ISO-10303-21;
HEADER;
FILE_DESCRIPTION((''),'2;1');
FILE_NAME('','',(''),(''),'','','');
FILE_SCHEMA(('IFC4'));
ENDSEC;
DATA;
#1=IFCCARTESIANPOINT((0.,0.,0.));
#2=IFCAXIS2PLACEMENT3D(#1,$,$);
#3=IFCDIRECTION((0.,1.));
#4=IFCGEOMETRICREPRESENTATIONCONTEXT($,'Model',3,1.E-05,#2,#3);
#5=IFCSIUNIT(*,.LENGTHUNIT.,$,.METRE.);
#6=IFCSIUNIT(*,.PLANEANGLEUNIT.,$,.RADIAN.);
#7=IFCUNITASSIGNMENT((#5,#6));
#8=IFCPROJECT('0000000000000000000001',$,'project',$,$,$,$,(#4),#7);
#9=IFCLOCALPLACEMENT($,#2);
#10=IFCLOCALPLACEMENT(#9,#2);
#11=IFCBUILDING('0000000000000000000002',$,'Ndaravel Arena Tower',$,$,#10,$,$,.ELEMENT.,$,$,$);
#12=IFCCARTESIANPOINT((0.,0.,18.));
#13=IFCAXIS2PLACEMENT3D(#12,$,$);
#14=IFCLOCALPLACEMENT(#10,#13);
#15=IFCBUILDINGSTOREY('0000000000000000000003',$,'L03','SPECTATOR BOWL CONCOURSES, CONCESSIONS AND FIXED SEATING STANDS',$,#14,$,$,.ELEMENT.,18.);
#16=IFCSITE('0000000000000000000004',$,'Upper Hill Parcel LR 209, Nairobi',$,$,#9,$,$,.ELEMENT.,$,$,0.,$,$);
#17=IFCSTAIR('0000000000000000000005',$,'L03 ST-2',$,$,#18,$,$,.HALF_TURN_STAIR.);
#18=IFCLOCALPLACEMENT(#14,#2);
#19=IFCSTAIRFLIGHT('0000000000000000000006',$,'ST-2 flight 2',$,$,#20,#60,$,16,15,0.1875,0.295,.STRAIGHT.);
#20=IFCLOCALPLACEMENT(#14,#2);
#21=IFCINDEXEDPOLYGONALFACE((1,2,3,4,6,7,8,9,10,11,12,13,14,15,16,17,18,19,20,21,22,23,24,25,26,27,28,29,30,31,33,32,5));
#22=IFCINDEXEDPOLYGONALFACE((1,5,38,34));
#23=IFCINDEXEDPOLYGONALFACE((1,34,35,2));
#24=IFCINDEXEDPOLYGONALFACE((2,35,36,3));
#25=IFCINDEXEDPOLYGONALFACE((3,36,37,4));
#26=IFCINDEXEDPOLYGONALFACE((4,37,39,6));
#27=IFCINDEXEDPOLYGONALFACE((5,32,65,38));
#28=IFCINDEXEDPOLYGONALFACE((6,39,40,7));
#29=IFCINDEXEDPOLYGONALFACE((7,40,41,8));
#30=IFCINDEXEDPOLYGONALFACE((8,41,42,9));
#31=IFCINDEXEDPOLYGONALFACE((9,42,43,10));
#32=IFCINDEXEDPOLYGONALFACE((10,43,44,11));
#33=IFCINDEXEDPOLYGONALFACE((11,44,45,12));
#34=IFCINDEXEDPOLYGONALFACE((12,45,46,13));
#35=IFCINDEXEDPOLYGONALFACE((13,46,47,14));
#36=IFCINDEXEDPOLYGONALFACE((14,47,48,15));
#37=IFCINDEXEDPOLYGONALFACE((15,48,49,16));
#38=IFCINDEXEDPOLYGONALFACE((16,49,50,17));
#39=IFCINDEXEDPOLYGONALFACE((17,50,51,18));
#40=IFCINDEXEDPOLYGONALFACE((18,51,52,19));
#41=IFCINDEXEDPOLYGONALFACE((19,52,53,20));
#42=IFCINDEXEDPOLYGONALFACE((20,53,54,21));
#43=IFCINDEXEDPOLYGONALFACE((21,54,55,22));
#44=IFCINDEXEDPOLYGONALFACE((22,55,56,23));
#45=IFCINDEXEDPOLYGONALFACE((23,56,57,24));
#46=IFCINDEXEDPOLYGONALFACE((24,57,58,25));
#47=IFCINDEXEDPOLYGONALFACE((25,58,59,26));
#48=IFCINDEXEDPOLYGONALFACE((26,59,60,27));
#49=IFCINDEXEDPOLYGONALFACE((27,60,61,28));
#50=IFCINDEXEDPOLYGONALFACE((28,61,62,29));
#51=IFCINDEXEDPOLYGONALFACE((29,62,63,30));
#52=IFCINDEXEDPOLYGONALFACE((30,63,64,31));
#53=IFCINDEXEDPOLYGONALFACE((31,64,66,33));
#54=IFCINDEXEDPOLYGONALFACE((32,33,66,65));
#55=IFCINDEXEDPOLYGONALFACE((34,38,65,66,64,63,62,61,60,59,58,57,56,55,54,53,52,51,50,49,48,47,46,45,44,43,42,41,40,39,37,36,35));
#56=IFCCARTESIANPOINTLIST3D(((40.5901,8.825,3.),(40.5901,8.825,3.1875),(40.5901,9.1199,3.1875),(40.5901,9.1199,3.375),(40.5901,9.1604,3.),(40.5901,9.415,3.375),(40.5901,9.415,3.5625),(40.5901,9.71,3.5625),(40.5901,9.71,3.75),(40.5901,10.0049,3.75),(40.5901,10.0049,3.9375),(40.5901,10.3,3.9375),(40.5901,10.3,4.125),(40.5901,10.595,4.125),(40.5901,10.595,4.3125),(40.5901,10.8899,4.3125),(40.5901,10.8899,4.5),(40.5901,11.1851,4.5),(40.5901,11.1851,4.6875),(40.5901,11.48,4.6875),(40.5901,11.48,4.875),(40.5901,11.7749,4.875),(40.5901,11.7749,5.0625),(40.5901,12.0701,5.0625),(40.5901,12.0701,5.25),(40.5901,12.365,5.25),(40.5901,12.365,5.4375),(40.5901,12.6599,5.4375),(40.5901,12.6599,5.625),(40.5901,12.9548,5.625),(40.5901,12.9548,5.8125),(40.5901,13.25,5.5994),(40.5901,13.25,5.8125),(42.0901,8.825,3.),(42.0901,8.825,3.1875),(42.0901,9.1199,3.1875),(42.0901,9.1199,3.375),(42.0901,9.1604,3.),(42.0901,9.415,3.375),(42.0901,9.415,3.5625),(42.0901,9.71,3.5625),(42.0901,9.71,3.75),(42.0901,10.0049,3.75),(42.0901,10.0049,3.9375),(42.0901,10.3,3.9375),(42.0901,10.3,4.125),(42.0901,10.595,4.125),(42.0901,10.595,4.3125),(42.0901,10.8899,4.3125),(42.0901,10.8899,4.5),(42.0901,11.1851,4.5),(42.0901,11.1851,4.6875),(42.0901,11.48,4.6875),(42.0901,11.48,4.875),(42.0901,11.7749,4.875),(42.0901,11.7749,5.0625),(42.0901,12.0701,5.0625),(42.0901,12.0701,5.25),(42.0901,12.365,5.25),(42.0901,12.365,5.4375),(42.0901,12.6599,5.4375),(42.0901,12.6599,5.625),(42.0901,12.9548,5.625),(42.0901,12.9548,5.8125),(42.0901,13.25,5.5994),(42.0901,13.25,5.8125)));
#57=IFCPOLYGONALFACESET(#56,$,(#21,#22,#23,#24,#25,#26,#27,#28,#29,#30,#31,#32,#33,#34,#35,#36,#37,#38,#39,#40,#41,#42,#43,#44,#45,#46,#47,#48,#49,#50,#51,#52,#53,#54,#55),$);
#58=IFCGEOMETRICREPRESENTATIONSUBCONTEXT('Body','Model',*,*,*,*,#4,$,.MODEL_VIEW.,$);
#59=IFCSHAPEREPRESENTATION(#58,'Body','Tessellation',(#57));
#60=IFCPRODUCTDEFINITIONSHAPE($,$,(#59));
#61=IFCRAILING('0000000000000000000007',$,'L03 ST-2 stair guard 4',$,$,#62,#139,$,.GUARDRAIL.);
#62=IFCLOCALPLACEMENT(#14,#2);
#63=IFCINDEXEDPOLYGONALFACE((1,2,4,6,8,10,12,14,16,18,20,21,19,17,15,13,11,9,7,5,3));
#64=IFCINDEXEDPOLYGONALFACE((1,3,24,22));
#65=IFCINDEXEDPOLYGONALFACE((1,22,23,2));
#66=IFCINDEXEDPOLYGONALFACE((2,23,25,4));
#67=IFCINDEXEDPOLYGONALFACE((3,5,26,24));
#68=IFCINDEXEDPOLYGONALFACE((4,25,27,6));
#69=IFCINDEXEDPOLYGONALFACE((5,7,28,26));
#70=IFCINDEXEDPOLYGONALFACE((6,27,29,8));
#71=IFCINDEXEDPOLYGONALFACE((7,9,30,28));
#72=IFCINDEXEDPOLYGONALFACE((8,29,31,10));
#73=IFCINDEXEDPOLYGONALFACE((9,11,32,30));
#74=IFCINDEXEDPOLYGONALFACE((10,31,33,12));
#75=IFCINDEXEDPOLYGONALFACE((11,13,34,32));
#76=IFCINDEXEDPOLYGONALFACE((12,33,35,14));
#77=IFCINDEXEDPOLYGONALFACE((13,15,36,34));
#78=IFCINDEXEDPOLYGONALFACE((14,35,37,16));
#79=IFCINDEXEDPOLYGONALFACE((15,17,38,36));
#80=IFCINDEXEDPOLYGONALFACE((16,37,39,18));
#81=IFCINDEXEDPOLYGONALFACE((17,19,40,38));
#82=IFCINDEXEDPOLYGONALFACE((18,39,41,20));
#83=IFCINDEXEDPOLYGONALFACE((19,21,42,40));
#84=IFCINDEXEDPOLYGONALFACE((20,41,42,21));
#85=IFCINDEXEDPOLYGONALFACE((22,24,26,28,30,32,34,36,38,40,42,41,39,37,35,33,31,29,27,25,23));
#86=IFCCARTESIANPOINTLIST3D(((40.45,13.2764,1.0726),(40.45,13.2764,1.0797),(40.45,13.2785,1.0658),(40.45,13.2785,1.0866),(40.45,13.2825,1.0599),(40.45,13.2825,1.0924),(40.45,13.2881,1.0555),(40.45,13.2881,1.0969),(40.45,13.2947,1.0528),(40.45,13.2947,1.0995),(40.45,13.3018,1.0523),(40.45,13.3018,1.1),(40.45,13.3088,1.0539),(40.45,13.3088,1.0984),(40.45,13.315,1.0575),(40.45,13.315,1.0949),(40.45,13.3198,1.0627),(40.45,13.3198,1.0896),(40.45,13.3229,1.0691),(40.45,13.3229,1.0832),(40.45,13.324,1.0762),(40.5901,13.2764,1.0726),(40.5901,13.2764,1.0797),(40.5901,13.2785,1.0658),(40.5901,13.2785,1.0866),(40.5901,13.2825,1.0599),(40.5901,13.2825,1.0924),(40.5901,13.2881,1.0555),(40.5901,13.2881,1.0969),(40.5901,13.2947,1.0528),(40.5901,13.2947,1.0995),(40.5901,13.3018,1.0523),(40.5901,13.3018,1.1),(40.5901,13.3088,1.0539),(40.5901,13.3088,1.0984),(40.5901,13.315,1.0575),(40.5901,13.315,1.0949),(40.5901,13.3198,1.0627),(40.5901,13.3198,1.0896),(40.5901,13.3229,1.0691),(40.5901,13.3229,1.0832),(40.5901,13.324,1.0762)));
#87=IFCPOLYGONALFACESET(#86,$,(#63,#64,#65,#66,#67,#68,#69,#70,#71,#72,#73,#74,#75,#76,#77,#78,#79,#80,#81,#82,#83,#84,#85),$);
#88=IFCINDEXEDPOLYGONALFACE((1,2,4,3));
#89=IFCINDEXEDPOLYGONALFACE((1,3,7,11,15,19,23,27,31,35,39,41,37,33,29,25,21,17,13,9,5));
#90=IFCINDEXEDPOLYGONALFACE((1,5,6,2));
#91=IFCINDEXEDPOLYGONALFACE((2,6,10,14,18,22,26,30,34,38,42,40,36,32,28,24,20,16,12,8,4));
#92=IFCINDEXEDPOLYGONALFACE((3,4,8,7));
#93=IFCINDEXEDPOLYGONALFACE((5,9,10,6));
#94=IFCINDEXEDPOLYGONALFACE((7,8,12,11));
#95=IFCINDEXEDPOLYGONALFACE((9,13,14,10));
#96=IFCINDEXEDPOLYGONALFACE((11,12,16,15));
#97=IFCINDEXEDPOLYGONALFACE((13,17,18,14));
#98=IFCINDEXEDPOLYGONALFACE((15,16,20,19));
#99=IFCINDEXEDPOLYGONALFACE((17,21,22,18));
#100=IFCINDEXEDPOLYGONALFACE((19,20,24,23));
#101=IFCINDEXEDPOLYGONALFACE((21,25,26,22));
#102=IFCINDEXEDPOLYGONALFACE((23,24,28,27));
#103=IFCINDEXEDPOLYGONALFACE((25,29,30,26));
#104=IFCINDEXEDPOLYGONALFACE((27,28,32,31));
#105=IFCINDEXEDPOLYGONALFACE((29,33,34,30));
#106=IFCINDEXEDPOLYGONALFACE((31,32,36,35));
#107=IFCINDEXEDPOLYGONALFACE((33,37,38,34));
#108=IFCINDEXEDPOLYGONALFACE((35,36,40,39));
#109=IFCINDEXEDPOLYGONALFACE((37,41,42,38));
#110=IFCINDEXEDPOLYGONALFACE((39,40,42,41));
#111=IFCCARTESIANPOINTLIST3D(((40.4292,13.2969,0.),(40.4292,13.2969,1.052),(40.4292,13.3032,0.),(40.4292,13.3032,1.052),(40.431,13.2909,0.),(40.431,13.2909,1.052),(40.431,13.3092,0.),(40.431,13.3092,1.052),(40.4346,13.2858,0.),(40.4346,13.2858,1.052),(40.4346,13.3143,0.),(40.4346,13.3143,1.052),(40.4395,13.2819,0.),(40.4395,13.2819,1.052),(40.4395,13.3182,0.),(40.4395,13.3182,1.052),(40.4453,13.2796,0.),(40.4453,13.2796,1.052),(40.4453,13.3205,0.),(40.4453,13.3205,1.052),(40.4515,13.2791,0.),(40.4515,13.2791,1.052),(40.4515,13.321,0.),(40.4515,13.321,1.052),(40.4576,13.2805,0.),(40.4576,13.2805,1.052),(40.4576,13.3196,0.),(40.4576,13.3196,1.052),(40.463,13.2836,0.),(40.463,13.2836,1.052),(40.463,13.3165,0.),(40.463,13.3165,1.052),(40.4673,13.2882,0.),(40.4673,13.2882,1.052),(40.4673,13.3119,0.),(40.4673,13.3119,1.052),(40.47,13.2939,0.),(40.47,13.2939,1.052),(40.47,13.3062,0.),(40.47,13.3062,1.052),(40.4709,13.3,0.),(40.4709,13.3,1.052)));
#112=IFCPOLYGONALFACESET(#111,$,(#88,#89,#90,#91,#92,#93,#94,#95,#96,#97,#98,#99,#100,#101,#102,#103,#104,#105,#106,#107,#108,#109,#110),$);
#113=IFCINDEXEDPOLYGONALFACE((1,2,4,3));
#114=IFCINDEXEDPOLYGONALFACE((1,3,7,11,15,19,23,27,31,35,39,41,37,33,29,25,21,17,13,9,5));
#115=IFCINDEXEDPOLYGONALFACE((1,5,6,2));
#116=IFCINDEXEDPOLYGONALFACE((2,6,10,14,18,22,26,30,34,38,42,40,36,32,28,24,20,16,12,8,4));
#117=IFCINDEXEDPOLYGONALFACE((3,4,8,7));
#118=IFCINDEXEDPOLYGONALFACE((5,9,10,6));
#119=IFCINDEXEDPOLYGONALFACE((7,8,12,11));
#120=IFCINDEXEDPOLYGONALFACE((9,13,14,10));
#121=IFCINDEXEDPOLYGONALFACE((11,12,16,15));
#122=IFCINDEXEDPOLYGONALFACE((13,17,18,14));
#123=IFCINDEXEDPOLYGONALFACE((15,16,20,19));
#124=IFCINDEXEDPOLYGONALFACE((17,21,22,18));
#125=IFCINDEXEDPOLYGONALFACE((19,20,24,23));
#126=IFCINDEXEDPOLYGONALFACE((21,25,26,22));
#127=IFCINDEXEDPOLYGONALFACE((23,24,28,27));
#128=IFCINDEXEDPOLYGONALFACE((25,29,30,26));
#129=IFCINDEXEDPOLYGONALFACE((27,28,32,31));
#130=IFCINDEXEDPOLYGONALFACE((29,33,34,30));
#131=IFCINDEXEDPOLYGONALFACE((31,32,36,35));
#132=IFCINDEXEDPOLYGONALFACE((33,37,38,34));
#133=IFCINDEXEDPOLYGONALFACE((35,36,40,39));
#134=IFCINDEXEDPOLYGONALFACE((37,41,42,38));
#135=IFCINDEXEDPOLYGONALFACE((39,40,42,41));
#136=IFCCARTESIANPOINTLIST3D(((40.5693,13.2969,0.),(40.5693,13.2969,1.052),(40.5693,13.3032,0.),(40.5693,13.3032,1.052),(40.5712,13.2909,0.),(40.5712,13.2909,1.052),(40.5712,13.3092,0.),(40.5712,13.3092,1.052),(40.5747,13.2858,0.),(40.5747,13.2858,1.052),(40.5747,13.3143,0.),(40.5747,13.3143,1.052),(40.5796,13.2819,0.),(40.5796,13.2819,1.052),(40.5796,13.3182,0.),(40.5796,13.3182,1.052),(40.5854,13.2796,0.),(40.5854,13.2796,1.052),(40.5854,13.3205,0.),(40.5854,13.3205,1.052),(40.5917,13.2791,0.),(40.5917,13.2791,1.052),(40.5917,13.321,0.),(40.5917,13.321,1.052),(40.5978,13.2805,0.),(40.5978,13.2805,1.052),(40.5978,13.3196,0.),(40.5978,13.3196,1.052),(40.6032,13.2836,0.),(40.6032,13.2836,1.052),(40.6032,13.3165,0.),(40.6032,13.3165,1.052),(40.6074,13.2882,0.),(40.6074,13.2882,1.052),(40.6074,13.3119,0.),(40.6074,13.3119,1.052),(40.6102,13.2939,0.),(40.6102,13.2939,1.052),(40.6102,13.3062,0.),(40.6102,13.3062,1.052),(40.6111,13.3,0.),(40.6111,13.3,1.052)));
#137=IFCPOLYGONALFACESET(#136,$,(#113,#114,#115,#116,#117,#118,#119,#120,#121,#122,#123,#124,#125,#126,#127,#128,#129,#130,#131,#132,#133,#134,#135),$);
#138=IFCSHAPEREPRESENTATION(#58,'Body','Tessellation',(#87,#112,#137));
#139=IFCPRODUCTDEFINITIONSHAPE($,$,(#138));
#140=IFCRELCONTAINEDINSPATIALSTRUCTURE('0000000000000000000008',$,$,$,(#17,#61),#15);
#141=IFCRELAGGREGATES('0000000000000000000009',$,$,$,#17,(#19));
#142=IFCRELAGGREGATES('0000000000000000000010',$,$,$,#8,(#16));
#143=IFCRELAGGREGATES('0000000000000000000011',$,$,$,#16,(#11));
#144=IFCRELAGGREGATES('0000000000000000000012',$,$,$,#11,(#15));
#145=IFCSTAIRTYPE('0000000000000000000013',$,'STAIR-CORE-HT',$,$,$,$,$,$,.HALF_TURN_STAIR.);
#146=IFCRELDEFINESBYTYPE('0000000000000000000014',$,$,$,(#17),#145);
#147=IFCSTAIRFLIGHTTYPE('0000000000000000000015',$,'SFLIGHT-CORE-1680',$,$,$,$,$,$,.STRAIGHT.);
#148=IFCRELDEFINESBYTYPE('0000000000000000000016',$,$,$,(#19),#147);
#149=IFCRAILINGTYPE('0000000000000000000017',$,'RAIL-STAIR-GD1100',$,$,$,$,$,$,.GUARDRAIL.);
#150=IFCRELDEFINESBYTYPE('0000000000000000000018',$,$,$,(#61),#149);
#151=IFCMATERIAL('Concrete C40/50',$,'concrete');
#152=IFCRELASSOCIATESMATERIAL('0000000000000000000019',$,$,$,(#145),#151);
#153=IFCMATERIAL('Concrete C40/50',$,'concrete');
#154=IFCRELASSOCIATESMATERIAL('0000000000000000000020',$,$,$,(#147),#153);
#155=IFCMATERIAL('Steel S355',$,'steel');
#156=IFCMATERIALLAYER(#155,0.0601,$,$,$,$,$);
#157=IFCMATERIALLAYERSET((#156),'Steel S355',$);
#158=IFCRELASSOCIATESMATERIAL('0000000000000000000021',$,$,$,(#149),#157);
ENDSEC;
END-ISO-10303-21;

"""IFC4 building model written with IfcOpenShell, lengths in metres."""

from ifc_helpers import new_model, si_unit, direction, frame, origin, origin_2d, place, context, subcontext, project, spatial, polyline, circle, outline, extrude, material, layer, layer_set, type_object, element, aggregate, save


model = new_model("IFC4")

# Units and contexts
model_context = context("Model", 3, precision=1e-05, world=origin(), true_north=direction((0.0, 1.0)))
body_context = subcontext(model_context, "Body", "Model", "MODEL_VIEW")
ifc_project = project(units=[si_unit("LENGTHUNIT", "METRE"), si_unit("PLANEANGLEUNIT", "RADIAN")], contexts=[model_context])

# Site, building, storey
site_placement = place(None, origin())
site = spatial("IfcSite", under=ifc_project, at=site_placement, Name="Upper Hill Parcel LR 209, Nairobi", CompositionType="ELEMENT", RefElevation=0.0)
building_placement = place(site_placement, origin())
building = spatial("IfcBuilding", under=site, at=building_placement, Name="Ndaravel Arena Tower", CompositionType="ELEMENT")
storey_placement = place(building_placement, frame((0.0, 0.0, 18.0)))
storey = spatial("IfcBuildingStorey", under=building, at=storey_placement, Name="L03", Description="SPECTATOR BOWL CONCOURSES, CONCESSIONS AND FIXED SEATING STANDS", CompositionType="ELEMENT", Elevation=18.0)

# Stair, stair flight
ifc_material_1 = material(Name="Concrete C40/50", Category="concrete")
stair_type = type_object("IfcStairType", Name="STAIR-CORE-HT", PredefinedType="HALF_TURN_STAIR", material=ifc_material_1)
stair_placement = place(storey_placement, origin())
stair = element("IfcStair", 1, at=stair_placement, inside=storey, type_object=stair_type, Name="L03 ST-2", PredefinedType="HALF_TURN_STAIR")
ifc_material_2 = material(Name="Concrete C40/50", Category="concrete")
stair_flight_type = type_object("IfcStairFlightType", Name="SFLIGHT-CORE-1680", PredefinedType="STRAIGHT", material=ifc_material_2)
stair_flight_1_placement = place(storey_placement, frame((41.3401, 8.825, 3.0), z_axis=(0.0, 0.0, 1.0), x_axis=(0.0, 1.0, 0.0)))
stair_flight_1 = element("IfcStairFlight", 2, at=stair_flight_1_placement, type_object=stair_flight_type, Name="ST-2 flight 2", NumberOfRisers=16, NumberOfTreads=15, PredefinedType="STRAIGHT", RiserHeight=0.1875, TreadLength=0.295, context=body_context, shape_type="SweptSolid", body=[
    extrude(outline(polyline([(0.0, 0.0), (0.0, 0.1875), (0.2949, 0.1875), (0.2949, 0.375), (0.5901, 0.375), (0.5901, 0.5625), (0.885, 0.5625), (0.885, 0.75), (1.1799, 0.75), (1.1799, 0.9375), (1.4751, 0.9375), (1.4751, 1.125), (1.77, 1.125), (1.77, 1.3125), (2.0649, 1.3125), (2.0649, 1.5), (2.3601, 1.5), (2.3601, 1.6875), (2.655, 1.6875), (2.655, 1.875), (2.95, 1.875), (2.95, 2.0625), (3.2451, 2.0625), (3.2451, 2.25), (3.54, 2.25), (3.54, 2.4375), (3.835, 2.4375), (3.835, 2.625), (4.1299, 2.625), (4.1299, 2.8125), (4.425, 2.8125), (4.425, 3.0), (4.425, 2.5994), (0.3354, 0.0), (0.0, 0.0)])), frame((0.0, 0.75, 0.0), z_axis=(0.0, -1.0, 0.0), x_axis=(1.0, 0.0, 0.0)), (0.0, 0.0, 1.0), 1.5),
])
aggregate(stair, [stair_flight_1])

# Railing
ifc_material_3 = material(Name="Steel S355", Category="steel")
ifc_layer_1 = layer(ifc_material_3, 0.0601)
ifc_layer_set_1 = layer_set([ifc_layer_1], Name="Steel S355")
railing_type_1 = type_object("IfcRailingType", Name="RAIL-STAIR-GD1100", PredefinedType="GUARDRAIL", material=ifc_layer_set_1)
railing_1_placement = place(storey_placement, frame((40.45, 13.3, 0.0)))
element("IfcRailing", 3, at=railing_1_placement, inside=storey, type_object=railing_type_1, Name="L03 ST-2 stair guard 4", PredefinedType="GUARDRAIL", context=body_context, shape_type="SweptSolid", body=[
    extrude(circle(Radius=0.0239, at=origin_2d()), frame((0.0, 0.0, 1.0762), z_axis=(1.0, 0.0, 0.0), x_axis=(0.0, 1.0, 0.0)), (0.0, 0.0, 1.0), 0.1401),
    extrude(circle(Radius=0.021, at=origin_2d()), origin(), (0.0, 0.0, 1.0), 1.052),
    extrude(circle(Radius=0.021, at=origin_2d()), frame((0.1401, 0.0, 0.0)), (0.0, 0.0, 1.0), 1.052),
])

save(model, "model.ifc")
